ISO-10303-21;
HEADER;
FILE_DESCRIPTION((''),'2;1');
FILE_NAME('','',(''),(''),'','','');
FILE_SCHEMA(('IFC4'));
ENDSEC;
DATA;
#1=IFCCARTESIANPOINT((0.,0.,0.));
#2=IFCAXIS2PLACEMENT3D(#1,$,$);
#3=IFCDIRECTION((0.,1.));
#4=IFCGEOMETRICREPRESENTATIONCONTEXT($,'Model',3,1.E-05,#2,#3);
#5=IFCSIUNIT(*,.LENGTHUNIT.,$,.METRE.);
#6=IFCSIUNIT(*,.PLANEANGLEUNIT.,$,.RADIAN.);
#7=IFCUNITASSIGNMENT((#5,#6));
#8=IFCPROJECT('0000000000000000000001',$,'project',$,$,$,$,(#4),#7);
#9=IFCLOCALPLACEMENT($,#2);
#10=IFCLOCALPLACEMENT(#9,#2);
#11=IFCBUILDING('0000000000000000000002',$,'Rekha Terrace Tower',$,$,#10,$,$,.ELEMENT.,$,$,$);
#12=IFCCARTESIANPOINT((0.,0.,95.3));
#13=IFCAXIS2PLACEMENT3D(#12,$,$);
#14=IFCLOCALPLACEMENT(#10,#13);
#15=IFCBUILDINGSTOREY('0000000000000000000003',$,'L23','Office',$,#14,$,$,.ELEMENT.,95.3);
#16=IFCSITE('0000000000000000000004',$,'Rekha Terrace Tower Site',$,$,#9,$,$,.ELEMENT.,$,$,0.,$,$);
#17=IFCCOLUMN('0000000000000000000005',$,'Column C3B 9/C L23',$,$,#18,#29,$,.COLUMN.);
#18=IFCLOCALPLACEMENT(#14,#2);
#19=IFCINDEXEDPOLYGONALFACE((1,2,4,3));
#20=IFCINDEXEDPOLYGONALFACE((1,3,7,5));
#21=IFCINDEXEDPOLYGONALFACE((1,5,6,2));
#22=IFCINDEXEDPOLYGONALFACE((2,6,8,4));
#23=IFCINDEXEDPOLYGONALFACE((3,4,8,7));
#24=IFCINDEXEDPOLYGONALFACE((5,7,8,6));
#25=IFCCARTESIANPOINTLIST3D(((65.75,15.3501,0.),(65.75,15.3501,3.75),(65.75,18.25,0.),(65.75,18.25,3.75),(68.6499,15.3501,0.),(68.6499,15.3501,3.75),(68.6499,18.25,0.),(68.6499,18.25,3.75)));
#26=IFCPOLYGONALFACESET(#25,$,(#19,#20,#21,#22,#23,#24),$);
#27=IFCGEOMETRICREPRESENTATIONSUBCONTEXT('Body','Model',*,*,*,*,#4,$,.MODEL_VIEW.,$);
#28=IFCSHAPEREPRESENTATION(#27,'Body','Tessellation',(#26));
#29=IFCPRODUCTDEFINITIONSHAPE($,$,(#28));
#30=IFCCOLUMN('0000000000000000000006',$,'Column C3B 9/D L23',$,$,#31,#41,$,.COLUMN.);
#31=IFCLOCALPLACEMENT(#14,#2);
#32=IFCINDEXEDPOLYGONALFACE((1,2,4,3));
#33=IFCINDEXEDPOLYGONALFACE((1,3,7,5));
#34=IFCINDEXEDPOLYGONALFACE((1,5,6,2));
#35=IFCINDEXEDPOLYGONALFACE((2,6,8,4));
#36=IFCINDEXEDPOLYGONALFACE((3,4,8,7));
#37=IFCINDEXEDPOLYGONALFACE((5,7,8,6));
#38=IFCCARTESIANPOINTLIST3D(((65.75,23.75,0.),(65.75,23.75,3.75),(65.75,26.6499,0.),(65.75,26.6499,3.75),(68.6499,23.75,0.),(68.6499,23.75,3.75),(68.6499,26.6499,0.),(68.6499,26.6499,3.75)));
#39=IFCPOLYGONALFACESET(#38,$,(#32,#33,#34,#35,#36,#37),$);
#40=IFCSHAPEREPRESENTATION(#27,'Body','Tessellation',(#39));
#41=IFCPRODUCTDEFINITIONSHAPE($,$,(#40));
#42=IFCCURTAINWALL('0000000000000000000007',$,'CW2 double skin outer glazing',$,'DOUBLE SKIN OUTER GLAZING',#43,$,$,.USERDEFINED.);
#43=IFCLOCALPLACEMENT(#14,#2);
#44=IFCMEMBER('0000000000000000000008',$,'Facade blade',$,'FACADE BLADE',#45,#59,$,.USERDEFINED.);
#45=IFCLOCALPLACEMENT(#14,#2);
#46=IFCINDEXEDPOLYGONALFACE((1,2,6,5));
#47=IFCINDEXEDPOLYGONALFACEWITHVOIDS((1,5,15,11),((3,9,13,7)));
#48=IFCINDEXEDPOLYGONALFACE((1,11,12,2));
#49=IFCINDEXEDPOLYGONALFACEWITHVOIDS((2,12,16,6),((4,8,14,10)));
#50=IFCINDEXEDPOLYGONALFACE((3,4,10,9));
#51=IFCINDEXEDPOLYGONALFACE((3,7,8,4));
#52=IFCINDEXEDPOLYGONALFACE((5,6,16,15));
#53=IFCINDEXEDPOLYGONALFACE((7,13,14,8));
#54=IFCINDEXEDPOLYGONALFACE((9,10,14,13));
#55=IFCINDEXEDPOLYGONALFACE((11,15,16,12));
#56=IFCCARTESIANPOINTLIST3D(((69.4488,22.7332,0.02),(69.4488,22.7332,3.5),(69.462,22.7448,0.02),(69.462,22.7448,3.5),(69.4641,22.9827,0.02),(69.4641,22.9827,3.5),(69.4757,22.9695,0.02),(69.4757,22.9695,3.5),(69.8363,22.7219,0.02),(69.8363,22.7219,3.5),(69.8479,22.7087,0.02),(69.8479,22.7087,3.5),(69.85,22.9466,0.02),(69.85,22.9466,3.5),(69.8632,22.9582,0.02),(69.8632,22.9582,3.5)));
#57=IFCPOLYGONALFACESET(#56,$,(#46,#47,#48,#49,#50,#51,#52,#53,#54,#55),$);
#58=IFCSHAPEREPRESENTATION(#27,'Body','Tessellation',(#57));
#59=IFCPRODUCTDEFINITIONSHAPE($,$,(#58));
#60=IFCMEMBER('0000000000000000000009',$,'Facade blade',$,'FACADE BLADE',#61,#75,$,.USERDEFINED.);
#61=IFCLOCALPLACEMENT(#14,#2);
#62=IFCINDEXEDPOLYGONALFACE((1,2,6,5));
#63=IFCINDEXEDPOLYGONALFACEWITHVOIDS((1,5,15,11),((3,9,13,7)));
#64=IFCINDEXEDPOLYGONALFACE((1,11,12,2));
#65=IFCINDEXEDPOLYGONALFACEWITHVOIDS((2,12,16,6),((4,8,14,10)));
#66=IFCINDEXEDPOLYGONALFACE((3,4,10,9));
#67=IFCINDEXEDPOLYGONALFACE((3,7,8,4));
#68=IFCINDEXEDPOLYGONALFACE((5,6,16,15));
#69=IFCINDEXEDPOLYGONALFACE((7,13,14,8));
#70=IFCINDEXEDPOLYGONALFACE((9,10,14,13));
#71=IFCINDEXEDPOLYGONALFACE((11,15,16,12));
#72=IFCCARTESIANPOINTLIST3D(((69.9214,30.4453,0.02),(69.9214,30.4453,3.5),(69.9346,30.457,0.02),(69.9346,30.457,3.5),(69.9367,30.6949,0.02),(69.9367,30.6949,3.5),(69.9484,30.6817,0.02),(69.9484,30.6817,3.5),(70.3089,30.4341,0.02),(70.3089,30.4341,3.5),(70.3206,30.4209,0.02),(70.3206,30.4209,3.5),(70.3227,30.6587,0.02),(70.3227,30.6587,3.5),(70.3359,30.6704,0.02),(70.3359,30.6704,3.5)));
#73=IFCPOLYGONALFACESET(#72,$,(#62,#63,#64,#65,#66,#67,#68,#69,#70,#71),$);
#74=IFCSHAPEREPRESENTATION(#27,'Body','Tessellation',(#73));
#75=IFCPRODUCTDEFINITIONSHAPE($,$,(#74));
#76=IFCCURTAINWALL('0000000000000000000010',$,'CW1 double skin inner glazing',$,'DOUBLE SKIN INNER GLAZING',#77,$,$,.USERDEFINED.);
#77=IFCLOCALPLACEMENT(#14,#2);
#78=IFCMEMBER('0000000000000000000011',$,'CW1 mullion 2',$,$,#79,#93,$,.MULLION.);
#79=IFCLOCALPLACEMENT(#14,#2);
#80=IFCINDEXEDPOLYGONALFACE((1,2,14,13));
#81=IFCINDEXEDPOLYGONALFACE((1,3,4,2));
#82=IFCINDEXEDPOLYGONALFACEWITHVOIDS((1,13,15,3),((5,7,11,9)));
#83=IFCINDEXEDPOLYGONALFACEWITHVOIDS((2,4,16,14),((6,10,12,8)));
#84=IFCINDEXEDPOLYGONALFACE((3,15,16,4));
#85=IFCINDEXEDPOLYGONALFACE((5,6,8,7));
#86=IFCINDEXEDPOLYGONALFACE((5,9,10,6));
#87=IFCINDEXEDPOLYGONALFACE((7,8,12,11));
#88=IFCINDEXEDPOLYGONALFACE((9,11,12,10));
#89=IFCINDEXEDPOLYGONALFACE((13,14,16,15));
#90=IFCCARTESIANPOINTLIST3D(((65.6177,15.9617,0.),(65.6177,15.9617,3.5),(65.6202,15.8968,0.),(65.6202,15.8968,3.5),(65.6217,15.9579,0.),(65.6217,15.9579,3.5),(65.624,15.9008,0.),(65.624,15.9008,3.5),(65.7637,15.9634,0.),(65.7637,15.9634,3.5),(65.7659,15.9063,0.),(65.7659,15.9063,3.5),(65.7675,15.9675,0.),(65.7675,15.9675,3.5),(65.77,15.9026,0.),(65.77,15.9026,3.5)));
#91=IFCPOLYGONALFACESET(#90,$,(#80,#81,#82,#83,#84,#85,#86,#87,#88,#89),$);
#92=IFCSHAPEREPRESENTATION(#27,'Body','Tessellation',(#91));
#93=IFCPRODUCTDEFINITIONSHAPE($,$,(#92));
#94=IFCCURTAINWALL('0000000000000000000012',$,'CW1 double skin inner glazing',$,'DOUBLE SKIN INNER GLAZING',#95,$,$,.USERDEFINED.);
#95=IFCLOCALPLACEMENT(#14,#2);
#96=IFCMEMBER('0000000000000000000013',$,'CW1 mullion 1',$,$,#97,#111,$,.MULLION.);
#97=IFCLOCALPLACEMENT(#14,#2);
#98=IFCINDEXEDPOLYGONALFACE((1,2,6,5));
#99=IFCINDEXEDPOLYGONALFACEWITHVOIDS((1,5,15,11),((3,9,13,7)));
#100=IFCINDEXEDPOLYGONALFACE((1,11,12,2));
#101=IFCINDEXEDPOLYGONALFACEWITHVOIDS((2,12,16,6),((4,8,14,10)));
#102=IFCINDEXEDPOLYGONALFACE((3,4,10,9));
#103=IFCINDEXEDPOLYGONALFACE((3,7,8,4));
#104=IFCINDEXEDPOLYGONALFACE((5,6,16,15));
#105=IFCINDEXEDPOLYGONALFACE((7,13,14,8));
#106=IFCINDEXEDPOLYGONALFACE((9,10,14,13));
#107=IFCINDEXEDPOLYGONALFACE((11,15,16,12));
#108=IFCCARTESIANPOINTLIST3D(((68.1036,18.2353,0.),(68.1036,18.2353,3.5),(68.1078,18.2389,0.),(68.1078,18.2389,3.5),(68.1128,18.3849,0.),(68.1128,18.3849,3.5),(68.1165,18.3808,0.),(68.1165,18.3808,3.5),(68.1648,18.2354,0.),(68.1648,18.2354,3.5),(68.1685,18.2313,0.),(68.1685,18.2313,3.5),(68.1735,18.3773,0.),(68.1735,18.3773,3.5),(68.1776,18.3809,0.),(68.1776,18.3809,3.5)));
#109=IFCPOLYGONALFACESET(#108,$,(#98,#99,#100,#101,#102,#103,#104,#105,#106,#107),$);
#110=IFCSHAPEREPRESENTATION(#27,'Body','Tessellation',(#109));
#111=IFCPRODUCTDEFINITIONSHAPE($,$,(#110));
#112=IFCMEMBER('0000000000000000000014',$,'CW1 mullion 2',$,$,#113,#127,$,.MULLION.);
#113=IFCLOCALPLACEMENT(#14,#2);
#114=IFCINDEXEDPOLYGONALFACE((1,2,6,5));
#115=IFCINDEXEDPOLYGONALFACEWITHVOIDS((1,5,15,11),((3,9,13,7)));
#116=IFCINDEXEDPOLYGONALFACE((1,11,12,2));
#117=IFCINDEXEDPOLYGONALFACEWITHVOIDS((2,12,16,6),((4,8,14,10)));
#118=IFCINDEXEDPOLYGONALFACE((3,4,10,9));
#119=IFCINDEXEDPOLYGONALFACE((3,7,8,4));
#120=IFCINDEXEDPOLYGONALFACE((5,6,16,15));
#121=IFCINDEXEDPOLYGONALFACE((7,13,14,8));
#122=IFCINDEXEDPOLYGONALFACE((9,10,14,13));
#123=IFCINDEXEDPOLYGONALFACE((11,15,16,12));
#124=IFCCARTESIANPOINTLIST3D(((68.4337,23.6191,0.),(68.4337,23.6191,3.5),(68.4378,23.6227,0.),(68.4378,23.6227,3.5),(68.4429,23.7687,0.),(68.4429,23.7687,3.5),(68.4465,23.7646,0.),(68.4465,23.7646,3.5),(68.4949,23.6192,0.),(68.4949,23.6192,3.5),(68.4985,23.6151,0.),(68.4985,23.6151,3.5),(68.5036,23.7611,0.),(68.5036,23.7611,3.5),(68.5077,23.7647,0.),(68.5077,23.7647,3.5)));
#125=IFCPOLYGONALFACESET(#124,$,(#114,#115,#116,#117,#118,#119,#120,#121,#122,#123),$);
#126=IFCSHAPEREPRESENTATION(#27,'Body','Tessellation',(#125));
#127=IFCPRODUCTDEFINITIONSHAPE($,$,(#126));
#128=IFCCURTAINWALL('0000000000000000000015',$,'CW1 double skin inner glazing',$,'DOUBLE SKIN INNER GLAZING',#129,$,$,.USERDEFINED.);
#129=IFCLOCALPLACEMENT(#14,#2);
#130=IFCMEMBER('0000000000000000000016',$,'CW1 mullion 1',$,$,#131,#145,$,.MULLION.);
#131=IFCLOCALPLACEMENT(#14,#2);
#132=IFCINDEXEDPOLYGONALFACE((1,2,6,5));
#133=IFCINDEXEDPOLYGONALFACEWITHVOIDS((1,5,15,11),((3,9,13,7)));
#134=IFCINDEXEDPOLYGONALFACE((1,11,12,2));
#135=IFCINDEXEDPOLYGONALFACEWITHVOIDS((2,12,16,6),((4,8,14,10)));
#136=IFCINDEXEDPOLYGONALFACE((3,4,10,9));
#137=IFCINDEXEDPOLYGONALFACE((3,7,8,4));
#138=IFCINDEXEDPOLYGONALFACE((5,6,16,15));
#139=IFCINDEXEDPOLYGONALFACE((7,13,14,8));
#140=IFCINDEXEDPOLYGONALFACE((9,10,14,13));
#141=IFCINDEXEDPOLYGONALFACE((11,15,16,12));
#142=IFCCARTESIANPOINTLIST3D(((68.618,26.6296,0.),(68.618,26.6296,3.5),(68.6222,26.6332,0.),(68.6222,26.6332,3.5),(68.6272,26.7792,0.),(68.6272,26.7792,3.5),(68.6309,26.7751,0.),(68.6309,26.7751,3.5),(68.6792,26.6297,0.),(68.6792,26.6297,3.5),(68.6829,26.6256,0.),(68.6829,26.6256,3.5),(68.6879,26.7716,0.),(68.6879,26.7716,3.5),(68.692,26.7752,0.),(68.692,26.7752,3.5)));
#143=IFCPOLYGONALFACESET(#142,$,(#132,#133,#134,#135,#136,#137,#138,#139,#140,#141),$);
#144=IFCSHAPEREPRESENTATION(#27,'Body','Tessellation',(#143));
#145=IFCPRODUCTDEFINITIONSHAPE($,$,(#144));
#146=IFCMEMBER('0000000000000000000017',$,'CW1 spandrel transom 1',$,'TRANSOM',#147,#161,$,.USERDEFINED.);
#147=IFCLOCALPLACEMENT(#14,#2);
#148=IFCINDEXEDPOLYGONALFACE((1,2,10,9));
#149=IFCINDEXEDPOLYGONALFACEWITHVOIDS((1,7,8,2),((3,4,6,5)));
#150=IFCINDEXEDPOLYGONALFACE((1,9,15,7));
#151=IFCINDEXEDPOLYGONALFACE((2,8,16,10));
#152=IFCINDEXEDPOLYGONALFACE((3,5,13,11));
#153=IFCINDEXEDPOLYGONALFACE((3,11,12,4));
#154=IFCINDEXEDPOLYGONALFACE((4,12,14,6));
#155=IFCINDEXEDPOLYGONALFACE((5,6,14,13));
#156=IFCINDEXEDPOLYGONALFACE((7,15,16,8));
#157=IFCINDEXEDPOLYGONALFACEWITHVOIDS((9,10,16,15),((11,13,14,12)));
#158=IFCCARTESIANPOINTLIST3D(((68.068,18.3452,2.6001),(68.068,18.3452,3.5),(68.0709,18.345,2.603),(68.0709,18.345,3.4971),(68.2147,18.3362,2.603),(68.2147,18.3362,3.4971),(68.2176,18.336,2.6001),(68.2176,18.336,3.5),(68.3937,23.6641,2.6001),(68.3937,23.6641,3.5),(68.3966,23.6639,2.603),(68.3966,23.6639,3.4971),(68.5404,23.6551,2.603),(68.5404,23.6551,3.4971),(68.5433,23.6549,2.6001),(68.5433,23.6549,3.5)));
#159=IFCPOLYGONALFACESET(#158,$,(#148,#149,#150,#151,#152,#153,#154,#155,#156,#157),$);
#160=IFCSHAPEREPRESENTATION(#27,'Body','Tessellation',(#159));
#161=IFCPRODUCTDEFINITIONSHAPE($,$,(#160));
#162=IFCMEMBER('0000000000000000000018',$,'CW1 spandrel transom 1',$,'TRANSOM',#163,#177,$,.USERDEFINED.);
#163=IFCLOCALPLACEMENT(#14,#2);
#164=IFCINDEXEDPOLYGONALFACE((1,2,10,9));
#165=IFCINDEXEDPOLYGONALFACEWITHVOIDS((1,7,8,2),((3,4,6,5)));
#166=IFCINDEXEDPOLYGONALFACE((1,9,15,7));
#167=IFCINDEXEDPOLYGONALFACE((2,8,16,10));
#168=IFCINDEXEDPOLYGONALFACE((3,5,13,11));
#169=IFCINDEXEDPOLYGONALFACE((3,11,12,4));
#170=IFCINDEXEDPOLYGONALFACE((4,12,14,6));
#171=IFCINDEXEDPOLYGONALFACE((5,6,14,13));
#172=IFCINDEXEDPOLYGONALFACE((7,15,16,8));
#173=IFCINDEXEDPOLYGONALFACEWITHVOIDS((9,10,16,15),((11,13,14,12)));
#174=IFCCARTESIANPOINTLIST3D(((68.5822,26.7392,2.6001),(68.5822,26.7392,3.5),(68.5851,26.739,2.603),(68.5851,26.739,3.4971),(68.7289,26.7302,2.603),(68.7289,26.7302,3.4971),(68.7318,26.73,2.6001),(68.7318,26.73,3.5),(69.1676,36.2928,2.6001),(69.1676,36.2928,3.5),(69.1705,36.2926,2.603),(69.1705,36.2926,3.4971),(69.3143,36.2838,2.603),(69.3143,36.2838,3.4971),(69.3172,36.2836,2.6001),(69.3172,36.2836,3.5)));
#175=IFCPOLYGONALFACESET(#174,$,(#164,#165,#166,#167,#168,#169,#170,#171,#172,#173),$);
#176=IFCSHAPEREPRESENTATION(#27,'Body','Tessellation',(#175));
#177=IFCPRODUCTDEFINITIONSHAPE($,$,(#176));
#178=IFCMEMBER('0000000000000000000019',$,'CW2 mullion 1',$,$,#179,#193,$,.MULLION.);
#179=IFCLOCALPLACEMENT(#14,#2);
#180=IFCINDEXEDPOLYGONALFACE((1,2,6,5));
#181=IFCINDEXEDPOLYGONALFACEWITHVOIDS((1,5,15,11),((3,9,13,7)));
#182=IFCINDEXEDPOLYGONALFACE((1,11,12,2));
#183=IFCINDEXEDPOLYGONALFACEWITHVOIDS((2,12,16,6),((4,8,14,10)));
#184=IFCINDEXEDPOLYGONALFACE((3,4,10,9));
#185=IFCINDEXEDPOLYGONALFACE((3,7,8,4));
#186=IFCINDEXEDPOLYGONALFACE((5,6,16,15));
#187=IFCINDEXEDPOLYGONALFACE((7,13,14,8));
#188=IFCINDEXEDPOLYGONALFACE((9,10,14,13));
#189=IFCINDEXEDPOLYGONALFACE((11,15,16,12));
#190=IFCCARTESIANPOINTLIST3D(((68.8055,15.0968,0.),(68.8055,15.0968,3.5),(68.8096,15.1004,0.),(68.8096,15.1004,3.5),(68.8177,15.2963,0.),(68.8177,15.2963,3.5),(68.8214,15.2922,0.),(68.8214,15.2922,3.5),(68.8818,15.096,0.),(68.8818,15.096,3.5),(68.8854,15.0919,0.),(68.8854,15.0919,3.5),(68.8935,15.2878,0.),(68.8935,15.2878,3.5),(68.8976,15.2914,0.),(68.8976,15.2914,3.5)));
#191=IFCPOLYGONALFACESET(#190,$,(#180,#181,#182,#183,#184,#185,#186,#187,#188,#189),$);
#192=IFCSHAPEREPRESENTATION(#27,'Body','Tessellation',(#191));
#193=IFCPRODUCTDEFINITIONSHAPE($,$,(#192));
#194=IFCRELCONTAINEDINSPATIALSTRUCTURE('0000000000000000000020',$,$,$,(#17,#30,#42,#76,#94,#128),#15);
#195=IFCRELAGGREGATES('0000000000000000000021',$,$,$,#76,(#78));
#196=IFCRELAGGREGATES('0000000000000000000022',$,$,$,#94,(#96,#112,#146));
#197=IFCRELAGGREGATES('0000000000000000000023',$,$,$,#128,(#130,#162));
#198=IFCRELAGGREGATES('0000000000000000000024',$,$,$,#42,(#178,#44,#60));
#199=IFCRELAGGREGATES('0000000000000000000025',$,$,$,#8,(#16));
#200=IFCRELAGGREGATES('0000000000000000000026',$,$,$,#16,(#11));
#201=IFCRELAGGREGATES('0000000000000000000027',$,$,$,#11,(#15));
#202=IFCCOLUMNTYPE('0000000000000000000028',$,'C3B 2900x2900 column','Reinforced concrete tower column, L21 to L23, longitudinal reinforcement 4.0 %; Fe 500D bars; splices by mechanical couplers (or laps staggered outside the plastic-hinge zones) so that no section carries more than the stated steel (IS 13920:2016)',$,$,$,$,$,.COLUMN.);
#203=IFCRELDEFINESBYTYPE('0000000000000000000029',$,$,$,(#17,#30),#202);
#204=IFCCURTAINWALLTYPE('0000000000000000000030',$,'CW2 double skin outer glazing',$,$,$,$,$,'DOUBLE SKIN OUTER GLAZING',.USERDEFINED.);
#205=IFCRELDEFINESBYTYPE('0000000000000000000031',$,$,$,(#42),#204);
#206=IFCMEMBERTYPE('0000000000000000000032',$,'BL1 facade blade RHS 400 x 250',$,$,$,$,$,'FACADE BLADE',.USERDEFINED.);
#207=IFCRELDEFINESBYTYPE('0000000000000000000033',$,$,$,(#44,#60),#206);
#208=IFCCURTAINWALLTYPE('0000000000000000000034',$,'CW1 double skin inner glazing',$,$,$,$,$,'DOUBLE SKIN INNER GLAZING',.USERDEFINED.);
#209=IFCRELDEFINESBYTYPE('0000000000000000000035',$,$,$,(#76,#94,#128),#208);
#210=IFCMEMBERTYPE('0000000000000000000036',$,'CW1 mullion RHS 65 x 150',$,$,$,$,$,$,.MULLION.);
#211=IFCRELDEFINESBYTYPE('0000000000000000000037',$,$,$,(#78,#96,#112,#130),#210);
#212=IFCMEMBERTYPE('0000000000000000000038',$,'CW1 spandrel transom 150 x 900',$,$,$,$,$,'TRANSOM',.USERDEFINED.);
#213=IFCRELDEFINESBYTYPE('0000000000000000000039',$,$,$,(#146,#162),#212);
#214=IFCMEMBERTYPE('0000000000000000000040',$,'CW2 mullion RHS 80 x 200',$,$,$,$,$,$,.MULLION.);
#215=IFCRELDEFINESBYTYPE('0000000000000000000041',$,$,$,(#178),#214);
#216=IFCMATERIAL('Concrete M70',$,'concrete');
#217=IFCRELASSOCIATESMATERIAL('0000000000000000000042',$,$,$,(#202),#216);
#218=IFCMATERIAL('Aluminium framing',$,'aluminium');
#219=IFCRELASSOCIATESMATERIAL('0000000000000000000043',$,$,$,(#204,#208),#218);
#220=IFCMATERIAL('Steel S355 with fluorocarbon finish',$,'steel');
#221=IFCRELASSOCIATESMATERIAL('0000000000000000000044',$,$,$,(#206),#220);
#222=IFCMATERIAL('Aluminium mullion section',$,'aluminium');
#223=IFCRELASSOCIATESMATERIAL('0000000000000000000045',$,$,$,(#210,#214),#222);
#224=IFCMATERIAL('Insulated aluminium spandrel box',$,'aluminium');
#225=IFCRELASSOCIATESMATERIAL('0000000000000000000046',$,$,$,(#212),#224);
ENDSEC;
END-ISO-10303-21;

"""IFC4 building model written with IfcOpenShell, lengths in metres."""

from ifc_helpers import new_model, si_unit, direction, frame, origin, origin_2d, place, context, subcontext, project, spatial, rectangle, hollow_rectangle, extrude, material, material_profile, profile_set, type_object, element, aggregate, save


model = new_model("IFC4")

# Units and contexts
model_context = context("Model", 3, precision=1e-05, world=origin(), true_north=direction((0.0, 1.0)))
body_context = subcontext(model_context, "Body", "Model", "MODEL_VIEW")
ifc_project = project(units=[si_unit("LENGTHUNIT", "METRE"), si_unit("PLANEANGLEUNIT", "RADIAN")], contexts=[model_context])

# Site, building, storey
site_placement = place(None, origin())
site = spatial("IfcSite", under=ifc_project, at=site_placement, Name="Rekha Terrace Tower Site", CompositionType="ELEMENT", RefElevation=0.0)
building_placement = place(site_placement, origin())
building = spatial("IfcBuilding", under=site, at=building_placement, Name="Rekha Terrace Tower", CompositionType="ELEMENT")
storey_placement = place(building_placement, frame((0.0, 0.0, 95.3)))
storey = spatial("IfcBuildingStorey", under=building, at=storey_placement, Name="L23", Description="Office", CompositionType="ELEMENT", Elevation=95.3)

# Columns
ifc_material_1 = material(Name="Concrete M70", Category="concrete")
ifc_material_profile_1 = material_profile(ifc_material_1, rectangle(XDim=2.8999, YDim=2.8999, at=origin_2d()), Name="RC 2900x2900")
ifc_profile_set_1 = profile_set([ifc_material_profile_1], Name="Concrete M70")
column_type = type_object("IfcColumnType", Name="C3B 2900x2900 column", Description="Reinforced concrete tower column, L21 to L23, longitudinal reinforcement 4.0 %; Fe 500D bars; splices by mechanical couplers (or laps staggered outside the plastic-hinge zones) so that no section carries more than the stated steel (IS 13920:2016)", PredefinedType="COLUMN", material=ifc_profile_set_1)
for number, where, z_axis, x_axis, name in (
    (1, (67.2, 16.8, 0.0), (0.0, 0.0, 1.0), (1.0, 0.0, 0.0), "Column C3B 9/C L23"),
    (2, (67.2, 25.2, 0.0), (0.0, 0.0, 1.0), (1.0, 0.0, 0.0), "Column C3B 9/D L23"),
):
    element("IfcColumn", number, at=place(storey_placement, frame(where, z_axis=z_axis, x_axis=x_axis)), inside=storey, type_object=column_type, Name=name, PredefinedType="COLUMN", context=body_context, shape_type="SweptSolid", body=[
        extrude(rectangle(XDim=2.8999, YDim=2.8999, at=origin_2d()), origin(), (0.0, 0.0, 1.0), 3.75),
    ])

# Curtain wall, members
ifc_material_2 = material(Name="Aluminium framing", Category="aluminium")
curtain_wall_type_1 = type_object("IfcCurtainWallType", Name="CW2 double skin outer glazing", ElementType="DOUBLE SKIN OUTER GLAZING", PredefinedType="USERDEFINED", material=ifc_material_2)
curtain_wall_1_placement = place(storey_placement, origin())
curtain_wall_1 = element("IfcCurtainWall", 3, at=curtain_wall_1_placement, inside=storey, type_object=curtain_wall_type_1, Name="CW2 double skin outer glazing", ObjectType="DOUBLE SKIN OUTER GLAZING", PredefinedType="USERDEFINED")
ifc_material_3 = material(Name="Steel S355 with fluorocarbon finish", Category="steel")
ifc_material_profile_2 = material_profile(ifc_material_3, hollow_rectangle(XDim=0.25, YDim=0.3999, WallThickness=0.0125, at=origin_2d()), Name="RHS400x250x12.5")
ifc_profile_set_2 = profile_set([ifc_material_profile_2], Name="Steel S355 with fluorocarbon finish")
member_type_1 = type_object("IfcMemberType", Name="BL1 facade blade RHS 400 x 250", ElementType="FACADE BLADE", PredefinedType="USERDEFINED", material=ifc_profile_set_2)
member_1_placement = place(storey_placement, frame((69.656, 22.8457, 0.02), z_axis=(0.0, 0.0, 1.0), x_axis=(0.06116, 0.998128, 0.0)))
member_1 = element("IfcMember", 4, at=member_1_placement, type_object=member_type_1, Name="Facade blade", ObjectType="FACADE BLADE", PredefinedType="USERDEFINED", context=body_context, shape_type="SweptSolid", body=[
    extrude(hollow_rectangle(XDim=0.25, YDim=0.3999, WallThickness=0.0125, at=origin_2d()), origin(), (0.0, 0.0, 1.0), 3.48),
])
member_2_placement = place(storey_placement, frame((70.1287, 30.5579, 0.02), z_axis=(0.0, 0.0, 1.0), x_axis=(0.06116, 0.998128, 0.0)))
member_2 = element("IfcMember", 5, at=member_2_placement, type_object=member_type_1, Name="Facade blade", ObjectType="FACADE BLADE", PredefinedType="USERDEFINED", context=body_context, shape_type="SweptSolid", body=[
    extrude(hollow_rectangle(XDim=0.25, YDim=0.3999, WallThickness=0.0125, at=origin_2d()), origin(), (0.0, 0.0, 1.0), 3.48),
])

# Curtain wall, member
curtain_wall_type_2 = type_object("IfcCurtainWallType", Name="CW1 double skin inner glazing", ElementType="DOUBLE SKIN INNER GLAZING", PredefinedType="USERDEFINED", material=ifc_material_2)
curtain_wall_2_placement = place(storey_placement, origin())
curtain_wall_2 = element("IfcCurtainWall", 6, at=curtain_wall_2_placement, inside=storey, type_object=curtain_wall_type_2, Name="CW1 double skin inner glazing", ObjectType="DOUBLE SKIN INNER GLAZING", PredefinedType="USERDEFINED")
ifc_material_4 = material(Name="Aluminium mullion section", Category="aluminium")
ifc_material_profile_3 = material_profile(ifc_material_4, hollow_rectangle(XDim=0.0649, YDim=0.1499, WallThickness=0.0039, at=origin_2d()), Name="AL RHS 65x150")
ifc_profile_set_3 = profile_set([ifc_material_profile_3], Name="Aluminium mullion section")
member_type_2 = type_object("IfcMemberType", Name="CW1 mullion RHS 65 x 150", PredefinedType="MULLION", material=ifc_profile_set_3)
member_3_placement = place(storey_placement, frame((65.6938, 15.9321, 0.0), z_axis=(0.0, 0.0, 1.0), x_axis=(-0.03889, 0.999243, 0.0)))
member_3 = element("IfcMember", 7, at=member_3_placement, type_object=member_type_2, Name="CW1 mullion 2", PredefinedType="MULLION", context=body_context, shape_type="SweptSolid", body=[
    extrude(hollow_rectangle(XDim=0.0649, YDim=0.1499, WallThickness=0.0039, at=origin_2d()), origin(), (0.0, 0.0, 1.0), 3.5),
])

# Curtain wall, members
curtain_wall_3_placement = place(storey_placement, origin())
curtain_wall_3 = element("IfcCurtainWall", 8, at=curtain_wall_3_placement, inside=storey, type_object=curtain_wall_type_2, Name="CW1 double skin inner glazing", ObjectType="DOUBLE SKIN INNER GLAZING", PredefinedType="USERDEFINED")
member_4_placement = place(storey_placement, frame((68.1406, 18.3081, 0.0), z_axis=(0.0, 0.0, 1.0), x_axis=(-0.998128, 0.06116, 0.0)))
member_4 = element("IfcMember", 9, at=member_4_placement, type_object=member_type_2, Name="CW1 mullion 1", PredefinedType="MULLION", context=body_context, shape_type="SweptSolid", body=[
    extrude(hollow_rectangle(XDim=0.0649, YDim=0.1499, WallThickness=0.0039, at=origin_2d()), origin(), (0.0, 0.0, 1.0), 3.5),
])
member_5_placement = place(storey_placement, frame((68.4707, 23.6919, 0.0), z_axis=(0.0, 0.0, 1.0), x_axis=(-0.998128, 0.06116, 0.0)))
member_5 = element("IfcMember", 10, at=member_5_placement, type_object=member_type_2, Name="CW1 mullion 2", PredefinedType="MULLION", context=body_context, shape_type="SweptSolid", body=[
    extrude(hollow_rectangle(XDim=0.0649, YDim=0.1499, WallThickness=0.0039, at=origin_2d()), origin(), (0.0, 0.0, 1.0), 3.5),
])

# Curtain wall, member
curtain_wall_4_placement = place(storey_placement, origin())
curtain_wall_4 = element("IfcCurtainWall", 11, at=curtain_wall_4_placement, inside=storey, type_object=curtain_wall_type_2, Name="CW1 double skin inner glazing", ObjectType="DOUBLE SKIN INNER GLAZING", PredefinedType="USERDEFINED")
member_6_placement = place(storey_placement, frame((68.655, 26.7024, 0.0), z_axis=(0.0, 0.0, 1.0), x_axis=(-0.998128, 0.06116, 0.0)))
member_6 = element("IfcMember", 12, at=member_6_placement, type_object=member_type_2, Name="CW1 mullion 1", PredefinedType="MULLION", context=body_context, shape_type="SweptSolid", body=[
    extrude(hollow_rectangle(XDim=0.0649, YDim=0.1499, WallThickness=0.0039, at=origin_2d()), origin(), (0.0, 0.0, 1.0), 3.5),
])

# Members
ifc_material_5 = material(Name="Insulated aluminium spandrel box", Category="aluminium")
ifc_material_profile_4 = material_profile(ifc_material_5, hollow_rectangle(XDim=0.1499, YDim=0.8999, WallThickness=0.0029, at=origin_2d()), Name="AL SPANDREL BOX 150x900")
ifc_profile_set_4 = profile_set([ifc_material_profile_4], Name="Insulated aluminium spandrel box")
member_type_3 = type_object("IfcMemberType", Name="CW1 spandrel transom 150 x 900", ElementType="TRANSOM", PredefinedType="USERDEFINED", material=ifc_profile_set_4)
member_7_placement = place(storey_placement, frame((68.1428, 18.3406, 3.05), z_axis=(0.061118, 0.998131, 0.0), x_axis=(-0.998131, 0.061118, 0.0)))
member_7 = element("IfcMember", 13, at=member_7_placement, type_object=member_type_3, Name="CW1 spandrel transom 1", ObjectType="TRANSOM", PredefinedType="USERDEFINED", context=body_context, shape_type="SweptSolid", body=[
    extrude(hollow_rectangle(XDim=0.1499, YDim=0.8999, WallThickness=0.0029, at=origin_2d()), origin(), (0.0, 0.0, 1.0), 5.3289),
])
member_8_placement = place(storey_placement, frame((68.657, 26.7346, 3.05), z_axis=(0.061165, 0.998128, 0.0), x_axis=(-0.998128, 0.061165, 0.0)))
member_8 = element("IfcMember", 14, at=member_8_placement, type_object=member_type_3, Name="CW1 spandrel transom 1", ObjectType="TRANSOM", PredefinedType="USERDEFINED", context=body_context, shape_type="SweptSolid", body=[
    extrude(hollow_rectangle(XDim=0.1499, YDim=0.8999, WallThickness=0.0029, at=origin_2d()), origin(), (0.0, 0.0, 1.0), 9.5715),
])
ifc_material_profile_5 = material_profile(ifc_material_4, hollow_rectangle(XDim=0.0801, YDim=0.2, WallThickness=0.0039, at=origin_2d()), Name="AL RHS 80x200")
ifc_profile_set_5 = profile_set([ifc_material_profile_5], Name="Aluminium mullion section")
member_type_4 = type_object("IfcMemberType", Name="CW2 mullion RHS 80 x 200", PredefinedType="MULLION", material=ifc_profile_set_5)
member_9_placement = place(storey_placement, frame((68.8516, 15.1941, 0.0), z_axis=(0.0, 0.0, 1.0), x_axis=(-0.998128, 0.06116, 0.0)))
member_9 = element("IfcMember", 15, at=member_9_placement, type_object=member_type_4, Name="CW2 mullion 1", PredefinedType="MULLION", context=body_context, shape_type="SweptSolid", body=[
    extrude(hollow_rectangle(XDim=0.0801, YDim=0.2, WallThickness=0.0039, at=origin_2d()), origin(), (0.0, 0.0, 1.0), 3.5),
])

aggregate(curtain_wall_2, [member_3])
aggregate(curtain_wall_3, [member_4, member_5, member_7])
aggregate(curtain_wall_4, [member_6, member_8])

aggregate(curtain_wall_1, [member_9, member_1, member_2])

save(model, "model.ifc")
